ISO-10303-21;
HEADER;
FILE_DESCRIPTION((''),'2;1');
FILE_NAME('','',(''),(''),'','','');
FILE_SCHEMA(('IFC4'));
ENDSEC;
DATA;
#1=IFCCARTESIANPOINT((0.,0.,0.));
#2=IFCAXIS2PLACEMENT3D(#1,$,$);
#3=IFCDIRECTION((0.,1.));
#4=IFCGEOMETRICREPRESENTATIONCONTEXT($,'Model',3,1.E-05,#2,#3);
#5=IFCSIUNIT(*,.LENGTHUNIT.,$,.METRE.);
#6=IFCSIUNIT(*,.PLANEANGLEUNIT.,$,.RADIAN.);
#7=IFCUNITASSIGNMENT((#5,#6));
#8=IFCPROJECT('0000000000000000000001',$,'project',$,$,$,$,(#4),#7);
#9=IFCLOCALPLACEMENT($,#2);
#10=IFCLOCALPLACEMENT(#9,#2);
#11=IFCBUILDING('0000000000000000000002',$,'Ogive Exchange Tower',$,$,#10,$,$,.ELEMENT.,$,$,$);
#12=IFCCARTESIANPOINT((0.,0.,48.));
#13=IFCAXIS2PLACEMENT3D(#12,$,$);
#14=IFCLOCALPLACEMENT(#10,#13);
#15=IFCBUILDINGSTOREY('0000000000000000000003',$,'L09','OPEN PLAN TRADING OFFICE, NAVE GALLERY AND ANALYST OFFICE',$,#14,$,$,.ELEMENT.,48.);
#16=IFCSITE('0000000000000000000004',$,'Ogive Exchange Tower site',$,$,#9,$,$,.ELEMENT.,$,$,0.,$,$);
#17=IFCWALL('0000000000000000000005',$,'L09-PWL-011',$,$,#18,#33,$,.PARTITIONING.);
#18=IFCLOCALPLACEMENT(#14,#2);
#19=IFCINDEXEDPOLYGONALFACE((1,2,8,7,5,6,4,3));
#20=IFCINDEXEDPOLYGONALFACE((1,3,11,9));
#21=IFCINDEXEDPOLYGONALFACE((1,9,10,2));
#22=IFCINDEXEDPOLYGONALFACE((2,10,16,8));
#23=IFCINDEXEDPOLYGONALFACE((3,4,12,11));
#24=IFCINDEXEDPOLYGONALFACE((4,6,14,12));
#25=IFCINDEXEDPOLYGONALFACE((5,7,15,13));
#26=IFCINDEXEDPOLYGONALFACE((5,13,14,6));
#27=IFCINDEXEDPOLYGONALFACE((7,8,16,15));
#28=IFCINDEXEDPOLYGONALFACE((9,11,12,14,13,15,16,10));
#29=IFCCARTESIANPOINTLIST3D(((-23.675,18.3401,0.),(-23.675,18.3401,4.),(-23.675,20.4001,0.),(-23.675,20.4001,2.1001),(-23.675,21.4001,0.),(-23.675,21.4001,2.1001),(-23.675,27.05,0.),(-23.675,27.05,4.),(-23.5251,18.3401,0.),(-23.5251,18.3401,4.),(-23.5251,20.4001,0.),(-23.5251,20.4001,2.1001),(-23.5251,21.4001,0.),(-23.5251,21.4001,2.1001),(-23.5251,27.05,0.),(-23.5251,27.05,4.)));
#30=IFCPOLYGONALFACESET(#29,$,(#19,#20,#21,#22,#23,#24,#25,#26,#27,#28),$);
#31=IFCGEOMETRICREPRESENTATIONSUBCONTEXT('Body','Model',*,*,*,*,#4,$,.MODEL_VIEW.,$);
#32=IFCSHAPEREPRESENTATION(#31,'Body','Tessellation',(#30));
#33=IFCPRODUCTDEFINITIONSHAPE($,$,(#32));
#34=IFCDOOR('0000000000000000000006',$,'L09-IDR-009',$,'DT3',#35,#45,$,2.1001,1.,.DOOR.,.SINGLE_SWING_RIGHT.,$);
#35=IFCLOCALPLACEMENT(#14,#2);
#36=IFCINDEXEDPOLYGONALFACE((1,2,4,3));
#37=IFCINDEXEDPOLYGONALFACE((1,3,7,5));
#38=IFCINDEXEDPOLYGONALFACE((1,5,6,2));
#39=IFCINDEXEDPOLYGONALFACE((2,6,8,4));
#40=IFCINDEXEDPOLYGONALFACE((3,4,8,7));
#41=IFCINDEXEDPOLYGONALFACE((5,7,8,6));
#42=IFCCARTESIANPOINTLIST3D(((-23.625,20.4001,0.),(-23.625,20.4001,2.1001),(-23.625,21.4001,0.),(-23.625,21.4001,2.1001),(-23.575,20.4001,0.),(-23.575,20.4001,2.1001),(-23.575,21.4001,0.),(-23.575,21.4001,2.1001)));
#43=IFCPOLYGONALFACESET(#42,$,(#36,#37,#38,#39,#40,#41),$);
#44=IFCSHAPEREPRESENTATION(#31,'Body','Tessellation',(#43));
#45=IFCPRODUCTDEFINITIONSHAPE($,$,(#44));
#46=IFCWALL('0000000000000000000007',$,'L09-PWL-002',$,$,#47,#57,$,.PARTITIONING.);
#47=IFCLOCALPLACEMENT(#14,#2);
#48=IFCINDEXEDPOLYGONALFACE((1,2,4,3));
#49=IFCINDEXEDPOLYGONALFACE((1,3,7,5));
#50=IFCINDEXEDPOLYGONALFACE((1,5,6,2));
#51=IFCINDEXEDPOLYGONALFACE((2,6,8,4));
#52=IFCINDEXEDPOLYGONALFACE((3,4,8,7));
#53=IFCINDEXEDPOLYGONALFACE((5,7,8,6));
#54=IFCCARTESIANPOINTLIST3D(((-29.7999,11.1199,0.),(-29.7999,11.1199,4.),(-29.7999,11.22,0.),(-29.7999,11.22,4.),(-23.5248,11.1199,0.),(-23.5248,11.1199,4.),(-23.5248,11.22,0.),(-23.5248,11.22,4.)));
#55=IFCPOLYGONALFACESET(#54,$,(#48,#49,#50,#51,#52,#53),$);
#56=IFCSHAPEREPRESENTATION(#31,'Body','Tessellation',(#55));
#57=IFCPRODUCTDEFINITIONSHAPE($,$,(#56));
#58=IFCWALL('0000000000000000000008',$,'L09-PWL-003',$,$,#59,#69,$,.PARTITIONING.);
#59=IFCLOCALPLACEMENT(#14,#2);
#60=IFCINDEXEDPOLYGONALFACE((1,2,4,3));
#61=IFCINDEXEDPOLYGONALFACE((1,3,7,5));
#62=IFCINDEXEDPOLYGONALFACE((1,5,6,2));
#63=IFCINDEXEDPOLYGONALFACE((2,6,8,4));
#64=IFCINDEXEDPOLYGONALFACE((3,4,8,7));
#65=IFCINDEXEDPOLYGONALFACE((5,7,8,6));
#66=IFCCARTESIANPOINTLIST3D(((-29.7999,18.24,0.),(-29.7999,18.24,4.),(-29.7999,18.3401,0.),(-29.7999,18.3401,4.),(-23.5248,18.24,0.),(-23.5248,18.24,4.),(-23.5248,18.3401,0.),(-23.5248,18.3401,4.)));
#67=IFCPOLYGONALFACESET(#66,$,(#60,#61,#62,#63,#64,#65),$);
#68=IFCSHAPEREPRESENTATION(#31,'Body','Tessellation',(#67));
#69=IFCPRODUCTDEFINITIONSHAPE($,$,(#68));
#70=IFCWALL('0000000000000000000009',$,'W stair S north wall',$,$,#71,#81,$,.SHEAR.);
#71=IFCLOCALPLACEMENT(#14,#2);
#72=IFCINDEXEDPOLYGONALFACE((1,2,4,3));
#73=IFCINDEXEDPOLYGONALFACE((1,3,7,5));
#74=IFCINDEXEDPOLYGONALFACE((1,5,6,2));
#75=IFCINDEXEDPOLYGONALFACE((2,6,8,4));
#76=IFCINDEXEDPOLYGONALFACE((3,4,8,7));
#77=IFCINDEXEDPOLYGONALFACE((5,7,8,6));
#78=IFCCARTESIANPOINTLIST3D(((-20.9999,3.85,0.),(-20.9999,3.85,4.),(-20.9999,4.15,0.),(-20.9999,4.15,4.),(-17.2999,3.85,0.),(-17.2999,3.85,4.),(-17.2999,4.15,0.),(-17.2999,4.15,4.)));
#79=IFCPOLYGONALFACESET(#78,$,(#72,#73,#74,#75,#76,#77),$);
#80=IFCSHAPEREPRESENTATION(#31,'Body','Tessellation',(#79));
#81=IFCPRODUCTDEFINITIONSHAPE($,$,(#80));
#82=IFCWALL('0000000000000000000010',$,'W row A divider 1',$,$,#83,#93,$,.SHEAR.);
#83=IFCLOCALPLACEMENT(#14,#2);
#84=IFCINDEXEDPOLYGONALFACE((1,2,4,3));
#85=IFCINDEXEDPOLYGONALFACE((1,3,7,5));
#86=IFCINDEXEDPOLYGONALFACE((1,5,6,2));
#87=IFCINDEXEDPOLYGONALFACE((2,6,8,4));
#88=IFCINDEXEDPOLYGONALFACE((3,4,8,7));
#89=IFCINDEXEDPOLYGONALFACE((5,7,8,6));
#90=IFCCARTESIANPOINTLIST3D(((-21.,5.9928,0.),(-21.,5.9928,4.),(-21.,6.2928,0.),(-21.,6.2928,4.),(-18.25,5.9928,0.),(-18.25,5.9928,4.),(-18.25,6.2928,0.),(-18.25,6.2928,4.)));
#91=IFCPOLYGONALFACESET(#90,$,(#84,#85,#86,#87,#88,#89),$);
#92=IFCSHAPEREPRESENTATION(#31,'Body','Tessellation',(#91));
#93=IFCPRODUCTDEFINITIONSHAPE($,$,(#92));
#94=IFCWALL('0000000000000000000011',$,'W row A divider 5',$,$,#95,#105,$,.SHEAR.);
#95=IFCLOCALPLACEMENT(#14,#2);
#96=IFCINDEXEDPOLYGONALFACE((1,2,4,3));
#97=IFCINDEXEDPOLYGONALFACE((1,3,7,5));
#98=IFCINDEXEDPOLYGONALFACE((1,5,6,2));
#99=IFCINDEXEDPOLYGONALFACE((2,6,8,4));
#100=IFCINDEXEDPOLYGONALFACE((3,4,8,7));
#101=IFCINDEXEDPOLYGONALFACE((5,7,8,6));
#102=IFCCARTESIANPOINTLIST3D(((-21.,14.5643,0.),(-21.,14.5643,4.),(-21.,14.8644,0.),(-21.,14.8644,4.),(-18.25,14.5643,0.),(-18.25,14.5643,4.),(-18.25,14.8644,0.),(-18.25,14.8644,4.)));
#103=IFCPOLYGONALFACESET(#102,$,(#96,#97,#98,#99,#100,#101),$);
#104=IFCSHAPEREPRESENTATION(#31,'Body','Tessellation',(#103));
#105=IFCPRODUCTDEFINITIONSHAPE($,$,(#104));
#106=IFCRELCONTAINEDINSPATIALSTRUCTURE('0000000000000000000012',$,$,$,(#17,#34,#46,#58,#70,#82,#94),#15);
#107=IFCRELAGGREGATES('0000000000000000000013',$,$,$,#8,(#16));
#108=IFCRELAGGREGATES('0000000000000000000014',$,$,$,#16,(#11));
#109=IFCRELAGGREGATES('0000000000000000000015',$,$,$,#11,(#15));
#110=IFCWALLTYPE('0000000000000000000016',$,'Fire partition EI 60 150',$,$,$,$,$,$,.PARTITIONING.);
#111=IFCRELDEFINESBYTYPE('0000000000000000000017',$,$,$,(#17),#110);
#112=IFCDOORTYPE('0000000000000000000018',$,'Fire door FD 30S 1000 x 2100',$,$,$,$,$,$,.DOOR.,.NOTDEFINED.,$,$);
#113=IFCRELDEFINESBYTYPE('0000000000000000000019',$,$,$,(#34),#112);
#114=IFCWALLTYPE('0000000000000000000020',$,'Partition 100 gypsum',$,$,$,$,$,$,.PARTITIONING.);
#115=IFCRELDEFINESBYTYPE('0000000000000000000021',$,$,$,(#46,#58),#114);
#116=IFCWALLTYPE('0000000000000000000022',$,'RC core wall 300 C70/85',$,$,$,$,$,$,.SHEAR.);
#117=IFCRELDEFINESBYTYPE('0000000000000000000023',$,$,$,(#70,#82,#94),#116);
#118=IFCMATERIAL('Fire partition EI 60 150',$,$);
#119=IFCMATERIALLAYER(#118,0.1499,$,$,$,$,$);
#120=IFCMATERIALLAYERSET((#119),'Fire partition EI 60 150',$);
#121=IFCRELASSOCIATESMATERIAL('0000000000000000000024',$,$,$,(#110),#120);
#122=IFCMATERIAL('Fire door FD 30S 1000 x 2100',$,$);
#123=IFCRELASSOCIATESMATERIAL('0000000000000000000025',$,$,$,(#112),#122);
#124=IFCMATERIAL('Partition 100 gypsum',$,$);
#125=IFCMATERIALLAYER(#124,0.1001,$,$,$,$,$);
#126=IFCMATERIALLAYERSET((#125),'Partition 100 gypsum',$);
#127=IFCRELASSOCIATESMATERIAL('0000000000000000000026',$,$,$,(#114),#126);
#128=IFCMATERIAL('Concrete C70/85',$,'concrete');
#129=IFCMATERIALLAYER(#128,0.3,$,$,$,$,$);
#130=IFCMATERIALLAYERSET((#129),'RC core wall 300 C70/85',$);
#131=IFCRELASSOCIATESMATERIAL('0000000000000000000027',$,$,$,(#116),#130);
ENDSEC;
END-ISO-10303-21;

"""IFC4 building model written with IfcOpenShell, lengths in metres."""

from ifc_helpers import new_model, si_unit, direction, frame, frame_2d, origin, place, context, subcontext, project, spatial, rectangle, extrude, material, layer, layer_set, type_object, element, fill, save


model = new_model("IFC4")

# Units and contexts
model_context = context("Model", 3, precision=1e-05, world=origin(), true_north=direction((0.0, 1.0)))
body_context = subcontext(model_context, "Body", "Model", "MODEL_VIEW")
ifc_project = project(units=[si_unit("LENGTHUNIT", "METRE"), si_unit("PLANEANGLEUNIT", "RADIAN")], contexts=[model_context])

# Site, building, storey
site_placement = place(None, origin())
site = spatial("IfcSite", under=ifc_project, at=site_placement, Name="Ogive Exchange Tower site", CompositionType="ELEMENT", RefElevation=0.0)
building_placement = place(site_placement, origin())
building = spatial("IfcBuilding", under=site, at=building_placement, Name="Ogive Exchange Tower", CompositionType="ELEMENT")
storey_placement = place(building_placement, frame((0.0, 0.0, 48.0)))
storey = spatial("IfcBuildingStorey", under=building, at=storey_placement, Name="L09", Description="OPEN PLAN TRADING OFFICE, NAVE GALLERY AND ANALYST OFFICE", CompositionType="ELEMENT", Elevation=48.0)

# Wall, opening, door
ifc_material_1 = material(Name="Fire partition EI 60 150")
ifc_layer_1 = layer(ifc_material_1, 0.1499)
ifc_layer_set_1 = layer_set([ifc_layer_1], Name="Fire partition EI 60 150")
wall_type_1 = type_object("IfcWallType", Name="Fire partition EI 60 150", PredefinedType="PARTITIONING", material=ifc_layer_set_1)
ifc_material_2 = material(Name="Fire door FD 30S 1000 x 2100")
door_type = type_object("IfcDoorType", Name="Fire door FD 30S 1000 x 2100", OperationType="NOTDEFINED", PredefinedType="DOOR", material=ifc_material_2)
wall_1_placement = place(storey_placement, frame((-23.6001, 18.3401, 0.0), z_axis=(0.0, 0.0, 1.0), x_axis=(0.0, 1.0, 0.0)))
wall_1 = element("IfcWall", 1, at=wall_1_placement, inside=storey, type_object=wall_type_1, Name="L09-PWL-011", PredefinedType="PARTITIONING", context=body_context, shape_type="SweptSolid", body=[
    extrude(rectangle(XDim=8.71, YDim=0.1499, at=frame_2d((4.355, 0.0))), origin(), (0.0, 0.0, 1.0), 4.0),
])
opening_1_placement = place(wall_1_placement, frame((2.0601, 0.0, 0.0)))
opening_1 = element("IfcOpeningElement", 2, at=opening_1_placement, cuts=wall_1, PredefinedType="OPENING", context=body_context, shape_type="SweptSolid", body=[
    extrude(rectangle(XDim=1.0, YDim=2.1001, at=frame_2d((0.5, 1.05))), frame((0.0, 0.085, 0.0), z_axis=(0.0, -1.0, 0.0), x_axis=(1.0, 0.0, 0.0)), (0.0, 0.0, 1.0), 0.1699),
])
door_1_placement = place(opening_1_placement, origin())
door_1 = element("IfcDoor", 3, at=door_1_placement, inside=storey, type_object=door_type, Name="L09-IDR-009", ObjectType="DT3", OperationType="SINGLE_SWING_RIGHT", OverallHeight=2.1001, OverallWidth=1.0, PredefinedType="DOOR", context=body_context, shape_type="SweptSolid", body=[
    extrude(rectangle(XDim=1.0, YDim=2.1001, at=frame_2d((0.5, 1.05))), frame((0.0, 0.0249, 0.0), z_axis=(0.0, -1.0, 0.0), x_axis=(1.0, 0.0, 0.0)), (0.0, 0.0, 1.0), 0.05),
])
fill(opening_1, door_1)

# Walls
ifc_material_3 = material(Name="Partition 100 gypsum")
ifc_layer_2 = layer(ifc_material_3, 0.1001)
ifc_layer_set_2 = layer_set([ifc_layer_2], Name="Partition 100 gypsum")
wall_type_2 = type_object("IfcWallType", Name="Partition 100 gypsum", PredefinedType="PARTITIONING", material=ifc_layer_set_2)
for number, where, z_axis, x_axis, name in (
    (4, (-29.8, 11.1699, 0.0), (0.0, 0.0, 1.0), (1.0, 0.0, 0.0), "L09-PWL-002"),
    (5, (-29.8, 18.29, 0.0), (0.0, 0.0, 1.0), (1.0, 0.0, 0.0), "L09-PWL-003"),
):
    element("IfcWall", number, at=place(storey_placement, frame(where, z_axis=z_axis, x_axis=x_axis)), inside=storey, type_object=wall_type_2, Name=name, PredefinedType="PARTITIONING", context=body_context, shape_type="SweptSolid", body=[
        extrude(rectangle(XDim=6.2751, YDim=0.1001, at=frame_2d((3.1377, 0.0))), origin(), (0.0, 0.0, 1.0), 4.0),
    ])
ifc_material_4 = material(Name="Concrete C70/85", Category="concrete")
ifc_layer_3 = layer(ifc_material_4, 0.3)
ifc_layer_set_3 = layer_set([ifc_layer_3], Name="RC core wall 300 C70/85")
wall_type_3 = type_object("IfcWallType", Name="RC core wall 300 C70/85", PredefinedType="SHEAR", material=ifc_layer_set_3)
wall_2_placement = place(storey_placement, frame((-21.0, 4.0, 0.0), z_axis=(0.0, 0.0, 1.0), x_axis=(1.0, 0.0, 0.0)))
element("IfcWall", 6, at=wall_2_placement, inside=storey, type_object=wall_type_3, Name="W stair S north wall", PredefinedType="SHEAR", context=body_context, shape_type="SweptSolid", body=[
    extrude(rectangle(XDim=3.7, YDim=0.3, at=frame_2d((1.8501, 0.0))), origin(), (0.0, 0.0, 1.0), 4.0),
])
for number, where, z_axis, x_axis, name in (
    (7, (-21.0, 6.1428, 0.0), (0.0, 0.0, 1.0), (1.0, 0.0, 0.0), "W row A divider 1"),
    (8, (-21.0, 14.7144, 0.0), (0.0, 0.0, 1.0), (1.0, 0.0, 0.0), "W row A divider 5"),
):
    element("IfcWall", number, at=place(storey_placement, frame(where, z_axis=z_axis, x_axis=x_axis)), inside=storey, type_object=wall_type_3, Name=name, PredefinedType="SHEAR", context=body_context, shape_type="SweptSolid", body=[
        extrude(rectangle(XDim=2.75, YDim=0.3, at=frame_2d((1.375, 0.0))), origin(), (0.0, 0.0, 1.0), 4.0),
    ])

save(model, "model.ifc")
